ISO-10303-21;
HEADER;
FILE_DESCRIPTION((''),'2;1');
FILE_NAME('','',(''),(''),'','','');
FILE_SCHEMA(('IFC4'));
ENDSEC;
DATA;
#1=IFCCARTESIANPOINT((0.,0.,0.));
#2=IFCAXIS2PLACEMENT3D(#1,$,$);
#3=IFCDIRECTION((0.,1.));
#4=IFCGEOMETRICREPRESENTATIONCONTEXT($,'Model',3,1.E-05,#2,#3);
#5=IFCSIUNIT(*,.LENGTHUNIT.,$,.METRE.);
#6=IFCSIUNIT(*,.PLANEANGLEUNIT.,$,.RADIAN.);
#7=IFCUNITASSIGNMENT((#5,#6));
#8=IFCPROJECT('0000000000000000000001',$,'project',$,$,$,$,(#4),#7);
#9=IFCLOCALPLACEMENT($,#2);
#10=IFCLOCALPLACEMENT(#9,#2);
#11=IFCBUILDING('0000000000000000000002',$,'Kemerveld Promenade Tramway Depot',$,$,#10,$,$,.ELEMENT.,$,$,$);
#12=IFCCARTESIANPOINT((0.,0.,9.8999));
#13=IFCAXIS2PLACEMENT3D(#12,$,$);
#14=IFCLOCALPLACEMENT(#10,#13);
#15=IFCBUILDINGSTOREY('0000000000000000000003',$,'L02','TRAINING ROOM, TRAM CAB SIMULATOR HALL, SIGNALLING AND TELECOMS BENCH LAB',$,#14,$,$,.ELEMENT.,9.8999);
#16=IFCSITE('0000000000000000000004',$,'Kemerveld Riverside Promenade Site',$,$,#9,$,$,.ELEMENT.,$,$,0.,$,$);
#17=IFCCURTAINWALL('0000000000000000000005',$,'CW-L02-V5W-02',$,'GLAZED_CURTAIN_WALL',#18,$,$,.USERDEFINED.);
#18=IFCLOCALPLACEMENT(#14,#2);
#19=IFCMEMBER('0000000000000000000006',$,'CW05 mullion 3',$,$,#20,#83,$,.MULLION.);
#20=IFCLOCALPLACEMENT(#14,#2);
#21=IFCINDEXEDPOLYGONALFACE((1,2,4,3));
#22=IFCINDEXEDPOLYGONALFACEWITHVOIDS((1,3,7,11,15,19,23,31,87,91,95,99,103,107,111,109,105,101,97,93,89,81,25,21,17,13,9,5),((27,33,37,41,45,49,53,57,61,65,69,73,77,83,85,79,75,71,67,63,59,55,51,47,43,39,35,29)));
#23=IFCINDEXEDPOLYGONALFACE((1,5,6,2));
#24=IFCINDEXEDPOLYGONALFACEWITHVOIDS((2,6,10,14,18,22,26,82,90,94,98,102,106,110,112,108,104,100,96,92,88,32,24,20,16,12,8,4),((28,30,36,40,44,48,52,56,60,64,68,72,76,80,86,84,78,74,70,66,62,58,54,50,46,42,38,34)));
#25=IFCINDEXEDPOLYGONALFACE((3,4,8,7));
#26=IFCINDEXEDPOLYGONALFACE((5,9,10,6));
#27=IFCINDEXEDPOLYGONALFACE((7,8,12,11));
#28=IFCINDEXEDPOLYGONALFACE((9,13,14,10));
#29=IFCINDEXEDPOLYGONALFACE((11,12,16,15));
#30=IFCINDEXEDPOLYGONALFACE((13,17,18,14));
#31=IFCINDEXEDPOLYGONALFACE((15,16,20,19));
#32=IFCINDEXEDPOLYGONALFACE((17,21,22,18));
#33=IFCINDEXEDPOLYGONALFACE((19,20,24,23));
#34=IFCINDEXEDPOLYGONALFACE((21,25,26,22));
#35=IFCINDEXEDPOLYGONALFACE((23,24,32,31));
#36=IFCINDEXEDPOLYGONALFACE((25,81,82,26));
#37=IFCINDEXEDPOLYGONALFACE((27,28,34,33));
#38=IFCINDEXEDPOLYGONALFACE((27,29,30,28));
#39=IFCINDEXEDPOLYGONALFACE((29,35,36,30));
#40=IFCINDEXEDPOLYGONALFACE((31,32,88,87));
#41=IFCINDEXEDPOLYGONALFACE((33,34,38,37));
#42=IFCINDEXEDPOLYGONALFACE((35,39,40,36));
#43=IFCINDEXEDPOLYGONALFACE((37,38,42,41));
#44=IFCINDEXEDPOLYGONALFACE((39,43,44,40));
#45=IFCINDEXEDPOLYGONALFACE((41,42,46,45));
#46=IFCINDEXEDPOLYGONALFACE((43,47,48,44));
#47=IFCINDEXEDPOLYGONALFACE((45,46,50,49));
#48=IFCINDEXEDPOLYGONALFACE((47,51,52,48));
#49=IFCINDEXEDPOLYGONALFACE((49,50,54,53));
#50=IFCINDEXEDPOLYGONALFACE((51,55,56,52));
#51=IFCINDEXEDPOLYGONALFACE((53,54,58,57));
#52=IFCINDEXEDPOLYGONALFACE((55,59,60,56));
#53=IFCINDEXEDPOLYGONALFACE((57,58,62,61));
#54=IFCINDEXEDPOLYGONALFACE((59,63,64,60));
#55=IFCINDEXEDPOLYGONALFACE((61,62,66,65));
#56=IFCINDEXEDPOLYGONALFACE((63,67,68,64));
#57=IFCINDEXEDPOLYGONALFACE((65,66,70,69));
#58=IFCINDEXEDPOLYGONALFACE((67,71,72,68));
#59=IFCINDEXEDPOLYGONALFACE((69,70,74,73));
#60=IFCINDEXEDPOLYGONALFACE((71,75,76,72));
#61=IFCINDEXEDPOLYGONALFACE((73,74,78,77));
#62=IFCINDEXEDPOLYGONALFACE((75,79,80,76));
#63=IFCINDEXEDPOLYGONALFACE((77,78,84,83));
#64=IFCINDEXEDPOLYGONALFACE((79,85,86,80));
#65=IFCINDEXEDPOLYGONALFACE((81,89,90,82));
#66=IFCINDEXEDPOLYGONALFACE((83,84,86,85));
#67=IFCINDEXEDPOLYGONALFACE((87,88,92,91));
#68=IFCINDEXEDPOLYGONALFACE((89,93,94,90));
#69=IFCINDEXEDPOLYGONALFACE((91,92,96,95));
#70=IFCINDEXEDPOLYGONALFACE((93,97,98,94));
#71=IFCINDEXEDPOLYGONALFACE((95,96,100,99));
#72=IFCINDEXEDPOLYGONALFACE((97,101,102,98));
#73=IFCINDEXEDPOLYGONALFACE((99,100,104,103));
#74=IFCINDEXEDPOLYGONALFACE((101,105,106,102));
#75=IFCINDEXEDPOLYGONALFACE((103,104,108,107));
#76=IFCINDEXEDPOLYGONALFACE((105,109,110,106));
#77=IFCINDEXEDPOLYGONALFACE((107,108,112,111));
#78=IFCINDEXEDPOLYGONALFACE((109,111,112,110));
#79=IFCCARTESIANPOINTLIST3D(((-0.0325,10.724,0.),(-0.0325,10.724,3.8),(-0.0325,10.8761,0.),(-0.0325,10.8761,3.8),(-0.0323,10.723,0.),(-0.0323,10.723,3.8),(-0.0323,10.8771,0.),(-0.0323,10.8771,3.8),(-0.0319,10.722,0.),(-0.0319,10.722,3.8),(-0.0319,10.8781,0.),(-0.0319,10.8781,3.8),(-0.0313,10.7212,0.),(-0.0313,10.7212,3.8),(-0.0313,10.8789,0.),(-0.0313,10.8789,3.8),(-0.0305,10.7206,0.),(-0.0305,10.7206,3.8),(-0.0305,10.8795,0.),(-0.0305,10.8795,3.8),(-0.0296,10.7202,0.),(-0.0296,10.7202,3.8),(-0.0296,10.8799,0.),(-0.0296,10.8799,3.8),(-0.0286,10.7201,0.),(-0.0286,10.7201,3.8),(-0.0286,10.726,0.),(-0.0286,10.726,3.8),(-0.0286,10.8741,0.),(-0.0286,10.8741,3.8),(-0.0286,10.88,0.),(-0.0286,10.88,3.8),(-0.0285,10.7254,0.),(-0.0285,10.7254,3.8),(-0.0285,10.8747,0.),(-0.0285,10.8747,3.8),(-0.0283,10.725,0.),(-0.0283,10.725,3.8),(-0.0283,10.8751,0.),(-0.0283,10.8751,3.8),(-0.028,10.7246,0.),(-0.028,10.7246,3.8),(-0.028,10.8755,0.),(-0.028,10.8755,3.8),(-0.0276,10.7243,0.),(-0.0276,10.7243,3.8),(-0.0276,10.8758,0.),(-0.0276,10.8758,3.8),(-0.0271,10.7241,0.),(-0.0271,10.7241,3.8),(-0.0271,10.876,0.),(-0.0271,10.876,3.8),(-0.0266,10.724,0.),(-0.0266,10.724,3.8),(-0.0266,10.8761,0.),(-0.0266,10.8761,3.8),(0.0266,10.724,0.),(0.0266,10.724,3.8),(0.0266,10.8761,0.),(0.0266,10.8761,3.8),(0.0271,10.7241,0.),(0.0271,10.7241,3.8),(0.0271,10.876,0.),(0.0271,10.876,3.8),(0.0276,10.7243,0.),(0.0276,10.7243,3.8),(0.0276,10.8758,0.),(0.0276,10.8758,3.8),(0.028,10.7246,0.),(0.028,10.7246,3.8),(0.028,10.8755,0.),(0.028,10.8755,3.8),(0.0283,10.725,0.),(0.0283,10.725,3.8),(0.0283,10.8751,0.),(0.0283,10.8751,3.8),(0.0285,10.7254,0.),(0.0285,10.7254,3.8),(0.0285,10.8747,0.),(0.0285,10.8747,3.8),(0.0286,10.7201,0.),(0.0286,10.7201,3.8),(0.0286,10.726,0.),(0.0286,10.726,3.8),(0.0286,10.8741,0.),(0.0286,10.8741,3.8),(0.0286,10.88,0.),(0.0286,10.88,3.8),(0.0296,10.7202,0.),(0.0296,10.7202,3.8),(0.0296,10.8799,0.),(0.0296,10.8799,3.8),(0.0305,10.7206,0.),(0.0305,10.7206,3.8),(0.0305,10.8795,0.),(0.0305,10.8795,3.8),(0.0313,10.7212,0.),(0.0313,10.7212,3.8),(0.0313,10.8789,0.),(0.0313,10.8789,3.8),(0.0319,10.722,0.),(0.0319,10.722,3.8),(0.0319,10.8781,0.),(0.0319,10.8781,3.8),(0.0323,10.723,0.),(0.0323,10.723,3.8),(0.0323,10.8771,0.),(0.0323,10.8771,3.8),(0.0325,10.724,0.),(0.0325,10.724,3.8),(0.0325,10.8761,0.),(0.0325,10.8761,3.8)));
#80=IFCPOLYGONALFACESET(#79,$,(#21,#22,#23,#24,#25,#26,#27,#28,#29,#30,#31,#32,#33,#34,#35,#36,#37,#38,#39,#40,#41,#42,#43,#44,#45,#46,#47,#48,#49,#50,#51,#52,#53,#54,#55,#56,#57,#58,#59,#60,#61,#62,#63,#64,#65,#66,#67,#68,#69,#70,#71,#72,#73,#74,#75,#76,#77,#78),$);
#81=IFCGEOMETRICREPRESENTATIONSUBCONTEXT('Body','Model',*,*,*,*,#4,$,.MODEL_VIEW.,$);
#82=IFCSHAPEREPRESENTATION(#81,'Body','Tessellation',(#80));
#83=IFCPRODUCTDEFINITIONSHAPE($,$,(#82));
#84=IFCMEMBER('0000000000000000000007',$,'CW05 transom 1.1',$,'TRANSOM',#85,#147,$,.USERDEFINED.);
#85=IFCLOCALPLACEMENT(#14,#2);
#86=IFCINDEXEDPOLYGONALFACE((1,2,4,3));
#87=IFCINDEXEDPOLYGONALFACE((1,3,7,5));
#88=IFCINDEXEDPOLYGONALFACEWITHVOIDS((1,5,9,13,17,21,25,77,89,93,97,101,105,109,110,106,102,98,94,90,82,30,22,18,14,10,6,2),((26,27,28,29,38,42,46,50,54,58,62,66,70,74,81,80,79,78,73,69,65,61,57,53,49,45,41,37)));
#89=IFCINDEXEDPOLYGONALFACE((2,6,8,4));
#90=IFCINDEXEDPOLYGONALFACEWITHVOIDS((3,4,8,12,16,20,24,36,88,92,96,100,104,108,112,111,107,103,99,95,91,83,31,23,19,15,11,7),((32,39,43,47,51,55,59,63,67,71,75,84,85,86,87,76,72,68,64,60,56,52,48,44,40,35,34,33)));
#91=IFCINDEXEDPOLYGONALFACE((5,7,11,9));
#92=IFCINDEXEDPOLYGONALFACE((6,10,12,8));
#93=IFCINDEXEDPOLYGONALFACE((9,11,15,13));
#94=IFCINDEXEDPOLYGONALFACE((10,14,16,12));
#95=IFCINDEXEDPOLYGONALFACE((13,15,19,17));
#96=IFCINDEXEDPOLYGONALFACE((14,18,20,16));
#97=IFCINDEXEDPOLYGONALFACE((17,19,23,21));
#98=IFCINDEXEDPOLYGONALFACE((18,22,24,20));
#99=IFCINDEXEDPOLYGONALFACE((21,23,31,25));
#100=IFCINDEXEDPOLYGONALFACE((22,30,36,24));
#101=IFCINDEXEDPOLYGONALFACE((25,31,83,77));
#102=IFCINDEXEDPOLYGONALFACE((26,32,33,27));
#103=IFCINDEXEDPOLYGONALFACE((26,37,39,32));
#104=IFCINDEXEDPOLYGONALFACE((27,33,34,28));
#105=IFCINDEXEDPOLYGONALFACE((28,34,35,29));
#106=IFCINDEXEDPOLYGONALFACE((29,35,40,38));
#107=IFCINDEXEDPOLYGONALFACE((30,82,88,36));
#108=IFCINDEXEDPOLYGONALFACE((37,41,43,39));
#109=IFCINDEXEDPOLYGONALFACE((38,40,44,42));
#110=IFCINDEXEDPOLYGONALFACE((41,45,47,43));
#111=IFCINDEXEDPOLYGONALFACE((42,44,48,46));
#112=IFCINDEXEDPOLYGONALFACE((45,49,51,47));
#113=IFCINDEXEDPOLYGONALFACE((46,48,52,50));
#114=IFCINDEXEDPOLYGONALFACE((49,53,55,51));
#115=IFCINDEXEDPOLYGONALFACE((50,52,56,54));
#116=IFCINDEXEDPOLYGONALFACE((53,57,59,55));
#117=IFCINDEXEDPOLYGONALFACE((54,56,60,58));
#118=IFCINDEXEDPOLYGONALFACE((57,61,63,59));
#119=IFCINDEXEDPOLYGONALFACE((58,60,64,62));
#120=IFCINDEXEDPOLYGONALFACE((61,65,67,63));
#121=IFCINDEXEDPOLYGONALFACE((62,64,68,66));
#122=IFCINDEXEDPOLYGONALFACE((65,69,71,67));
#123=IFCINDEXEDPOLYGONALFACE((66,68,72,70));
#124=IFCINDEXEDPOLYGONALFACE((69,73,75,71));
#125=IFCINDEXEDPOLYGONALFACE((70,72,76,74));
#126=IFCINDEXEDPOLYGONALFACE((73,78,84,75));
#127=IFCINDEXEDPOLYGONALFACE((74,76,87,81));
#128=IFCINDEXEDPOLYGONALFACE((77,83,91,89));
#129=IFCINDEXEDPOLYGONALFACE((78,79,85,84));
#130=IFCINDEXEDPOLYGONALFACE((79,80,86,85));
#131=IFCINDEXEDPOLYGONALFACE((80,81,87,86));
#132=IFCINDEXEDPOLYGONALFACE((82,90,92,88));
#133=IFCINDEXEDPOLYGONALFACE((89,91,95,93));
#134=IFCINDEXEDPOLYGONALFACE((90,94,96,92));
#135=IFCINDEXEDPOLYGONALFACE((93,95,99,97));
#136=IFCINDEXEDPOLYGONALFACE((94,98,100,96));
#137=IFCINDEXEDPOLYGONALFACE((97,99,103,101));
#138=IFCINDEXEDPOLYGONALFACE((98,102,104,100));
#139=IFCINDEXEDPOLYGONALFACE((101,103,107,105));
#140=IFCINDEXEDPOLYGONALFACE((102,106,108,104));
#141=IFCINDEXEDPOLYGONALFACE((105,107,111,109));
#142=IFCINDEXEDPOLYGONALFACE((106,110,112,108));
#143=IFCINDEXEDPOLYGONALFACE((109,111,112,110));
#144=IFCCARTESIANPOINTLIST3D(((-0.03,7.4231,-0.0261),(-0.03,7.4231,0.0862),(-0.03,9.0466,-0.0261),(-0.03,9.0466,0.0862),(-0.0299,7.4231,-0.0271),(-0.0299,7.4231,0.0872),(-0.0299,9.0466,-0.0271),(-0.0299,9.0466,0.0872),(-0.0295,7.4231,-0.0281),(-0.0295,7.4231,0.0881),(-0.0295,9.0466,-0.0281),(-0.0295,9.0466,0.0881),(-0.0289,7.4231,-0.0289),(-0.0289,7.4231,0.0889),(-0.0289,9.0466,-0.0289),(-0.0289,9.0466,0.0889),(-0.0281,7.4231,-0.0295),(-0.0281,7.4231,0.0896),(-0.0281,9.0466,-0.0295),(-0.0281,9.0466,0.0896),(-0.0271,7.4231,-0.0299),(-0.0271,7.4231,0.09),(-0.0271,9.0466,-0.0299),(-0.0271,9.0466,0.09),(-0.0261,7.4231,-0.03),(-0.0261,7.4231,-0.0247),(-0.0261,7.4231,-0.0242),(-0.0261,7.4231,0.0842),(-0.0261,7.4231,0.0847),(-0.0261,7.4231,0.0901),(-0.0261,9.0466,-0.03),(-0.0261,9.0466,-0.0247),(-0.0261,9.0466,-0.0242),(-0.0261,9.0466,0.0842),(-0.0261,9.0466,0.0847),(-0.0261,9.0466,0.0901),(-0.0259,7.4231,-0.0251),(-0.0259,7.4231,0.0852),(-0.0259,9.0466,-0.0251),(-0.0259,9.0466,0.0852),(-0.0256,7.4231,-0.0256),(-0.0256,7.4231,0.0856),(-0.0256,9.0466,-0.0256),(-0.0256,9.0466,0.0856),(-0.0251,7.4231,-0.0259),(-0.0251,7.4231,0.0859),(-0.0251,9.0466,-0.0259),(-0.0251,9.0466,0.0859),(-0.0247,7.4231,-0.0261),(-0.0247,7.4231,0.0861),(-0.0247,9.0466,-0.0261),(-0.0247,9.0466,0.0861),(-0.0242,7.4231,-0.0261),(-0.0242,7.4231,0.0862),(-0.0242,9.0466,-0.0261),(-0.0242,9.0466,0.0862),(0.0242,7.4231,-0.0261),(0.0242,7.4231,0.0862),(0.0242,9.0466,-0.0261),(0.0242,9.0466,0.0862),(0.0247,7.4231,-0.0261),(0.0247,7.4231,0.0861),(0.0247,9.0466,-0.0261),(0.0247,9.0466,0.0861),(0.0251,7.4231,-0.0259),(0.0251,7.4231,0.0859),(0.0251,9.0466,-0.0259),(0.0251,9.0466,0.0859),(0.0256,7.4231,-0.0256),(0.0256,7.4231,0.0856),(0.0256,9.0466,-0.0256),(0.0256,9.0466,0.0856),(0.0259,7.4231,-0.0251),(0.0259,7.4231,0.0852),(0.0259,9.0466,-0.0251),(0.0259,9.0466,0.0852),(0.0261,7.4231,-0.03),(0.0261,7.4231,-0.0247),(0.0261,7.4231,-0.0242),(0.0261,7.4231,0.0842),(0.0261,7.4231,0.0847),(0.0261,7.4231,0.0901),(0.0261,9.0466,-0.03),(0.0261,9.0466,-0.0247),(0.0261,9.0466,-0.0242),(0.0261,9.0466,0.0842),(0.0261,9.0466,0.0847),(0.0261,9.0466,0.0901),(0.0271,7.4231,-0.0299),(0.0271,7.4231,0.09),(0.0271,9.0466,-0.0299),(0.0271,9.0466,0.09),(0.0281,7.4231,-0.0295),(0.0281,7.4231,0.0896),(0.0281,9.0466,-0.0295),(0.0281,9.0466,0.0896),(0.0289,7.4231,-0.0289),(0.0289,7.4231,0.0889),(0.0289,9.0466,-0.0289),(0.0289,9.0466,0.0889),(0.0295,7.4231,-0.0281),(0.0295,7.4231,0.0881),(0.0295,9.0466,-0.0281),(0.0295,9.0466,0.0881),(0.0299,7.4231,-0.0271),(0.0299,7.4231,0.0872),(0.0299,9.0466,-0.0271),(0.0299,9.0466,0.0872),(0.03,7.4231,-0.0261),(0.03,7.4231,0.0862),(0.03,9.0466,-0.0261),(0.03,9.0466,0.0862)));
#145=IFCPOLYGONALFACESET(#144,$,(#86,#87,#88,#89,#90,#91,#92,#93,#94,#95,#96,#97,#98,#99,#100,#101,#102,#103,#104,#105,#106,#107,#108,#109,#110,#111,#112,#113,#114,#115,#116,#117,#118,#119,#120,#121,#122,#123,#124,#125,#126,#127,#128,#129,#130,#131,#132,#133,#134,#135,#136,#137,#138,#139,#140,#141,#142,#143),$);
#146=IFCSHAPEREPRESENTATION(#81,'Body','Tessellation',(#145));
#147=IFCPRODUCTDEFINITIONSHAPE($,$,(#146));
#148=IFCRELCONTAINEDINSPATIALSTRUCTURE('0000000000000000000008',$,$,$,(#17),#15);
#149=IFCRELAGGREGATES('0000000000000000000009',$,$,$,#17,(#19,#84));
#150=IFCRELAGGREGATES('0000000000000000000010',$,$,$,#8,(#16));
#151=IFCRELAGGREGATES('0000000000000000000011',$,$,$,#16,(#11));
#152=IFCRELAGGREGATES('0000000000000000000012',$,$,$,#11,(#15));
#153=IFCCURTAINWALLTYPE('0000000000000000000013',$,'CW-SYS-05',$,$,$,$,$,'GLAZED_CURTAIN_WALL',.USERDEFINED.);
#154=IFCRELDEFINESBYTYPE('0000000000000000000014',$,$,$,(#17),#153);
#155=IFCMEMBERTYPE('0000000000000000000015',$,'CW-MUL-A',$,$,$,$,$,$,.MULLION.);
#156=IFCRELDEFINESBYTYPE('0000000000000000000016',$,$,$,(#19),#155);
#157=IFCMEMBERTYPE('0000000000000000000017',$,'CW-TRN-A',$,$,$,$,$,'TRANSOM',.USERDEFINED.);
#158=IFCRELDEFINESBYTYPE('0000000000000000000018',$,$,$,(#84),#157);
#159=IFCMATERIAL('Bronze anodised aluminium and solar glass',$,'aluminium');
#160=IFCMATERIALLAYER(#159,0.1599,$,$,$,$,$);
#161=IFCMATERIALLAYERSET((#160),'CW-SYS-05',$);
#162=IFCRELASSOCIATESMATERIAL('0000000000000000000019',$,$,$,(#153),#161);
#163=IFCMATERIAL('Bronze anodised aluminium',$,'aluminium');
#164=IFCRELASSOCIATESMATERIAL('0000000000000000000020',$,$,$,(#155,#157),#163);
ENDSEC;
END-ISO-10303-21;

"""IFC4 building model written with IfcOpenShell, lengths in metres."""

from ifc_helpers import new_model, si_unit, direction, frame, origin, origin_2d, place, context, subcontext, project, spatial, hollow_rectangle, extrude, material, layer, layer_set, material_profile, profile_set, type_object, element, aggregate, save


model = new_model("IFC4")

# Units and contexts
model_context = context("Model", 3, precision=1e-05, world=origin(), true_north=direction((0.0, 1.0)))
body_context = subcontext(model_context, "Body", "Model", "MODEL_VIEW")
ifc_project = project(units=[si_unit("LENGTHUNIT", "METRE"), si_unit("PLANEANGLEUNIT", "RADIAN")], contexts=[model_context])

# Site, building, storey
site_placement = place(None, origin())
site = spatial("IfcSite", under=ifc_project, at=site_placement, Name="Kemerveld Riverside Promenade Site", CompositionType="ELEMENT", RefElevation=0.0)
building_placement = place(site_placement, origin())
building = spatial("IfcBuilding", under=site, at=building_placement, Name="Kemerveld Promenade Tramway Depot", CompositionType="ELEMENT")
storey_placement = place(building_placement, frame((0.0, 0.0, 9.8999)))
storey = spatial("IfcBuildingStorey", under=building, at=storey_placement, Name="L02", Description="TRAINING ROOM, TRAM CAB SIMULATOR HALL, SIGNALLING AND TELECOMS BENCH LAB", CompositionType="ELEMENT", Elevation=9.8999)

# Curtain wall, members
ifc_material_1 = material(Name="Bronze anodised aluminium and solar glass", Category="aluminium")
ifc_layer_1 = layer(ifc_material_1, 0.1599)
ifc_layer_set_1 = layer_set([ifc_layer_1], Name="CW-SYS-05")
curtain_wall_type = type_object("IfcCurtainWallType", Name="CW-SYS-05", ElementType="GLAZED_CURTAIN_WALL", PredefinedType="USERDEFINED", material=ifc_layer_set_1)
curtain_wall_placement = place(storey_placement, origin())
curtain_wall = element("IfcCurtainWall", 1, at=curtain_wall_placement, inside=storey, type_object=curtain_wall_type, Name="CW-L02-V5W-02", ObjectType="GLAZED_CURTAIN_WALL", PredefinedType="USERDEFINED")
ifc_material_2 = material(Name="Bronze anodised aluminium", Category="aluminium")
ifc_material_profile_1 = material_profile(ifc_material_2, hollow_rectangle(XDim=0.0649, YDim=0.1599, WallThickness=0.0039, InnerFilletRadius=0.002, OuterFilletRadius=0.0039, at=origin_2d()), Name="CW-MUL-160x65")
ifc_profile_set_1 = profile_set([ifc_material_profile_1], Name="Bronze anodised aluminium")
member_type_1 = type_object("IfcMemberType", Name="CW-MUL-A", PredefinedType="MULLION", material=ifc_profile_set_1)
member_1_placement = place(storey_placement, frame((0.0, 10.8, 0.0), z_axis=(0.0, 0.0, 1.0), x_axis=(-1.0, 0.0, 0.0)))
member_1 = element("IfcMember", 2, at=member_1_placement, type_object=member_type_1, Name="CW05 mullion 3", PredefinedType="MULLION", context=body_context, shape_type="SweptSolid", body=[
    extrude(hollow_rectangle(XDim=0.0649, YDim=0.1599, WallThickness=0.0039, InnerFilletRadius=0.002, OuterFilletRadius=0.0039, at=origin_2d()), origin(), (0.0, 0.0, 1.0), 3.8),
])
ifc_material_profile_2 = material_profile(ifc_material_2, hollow_rectangle(XDim=0.0601, YDim=0.1201, WallThickness=0.0039, InnerFilletRadius=0.002, OuterFilletRadius=0.0039, at=origin_2d()), Name="CW-TRN-120x60")
ifc_profile_set_2 = profile_set([ifc_material_profile_2], Name="Bronze anodised aluminium")
member_type_2 = type_object("IfcMemberType", Name="CW-TRN-A", ElementType="TRANSOM", PredefinedType="USERDEFINED", material=ifc_profile_set_2)
member_2_placement = place(storey_placement, frame((0.0, 7.4231, 0.03), z_axis=(0.0, 1.0, 0.0), x_axis=(-1.0, 0.0, 0.0)))
member_2 = element("IfcMember", 3, at=member_2_placement, type_object=member_type_2, Name="CW05 transom 1.1", ObjectType="TRANSOM", PredefinedType="USERDEFINED", context=body_context, shape_type="SweptSolid", body=[
    extrude(hollow_rectangle(XDim=0.0601, YDim=0.1201, WallThickness=0.0039, InnerFilletRadius=0.002, OuterFilletRadius=0.0039, at=origin_2d()), origin(), (0.0, 0.0, 1.0), 1.6235),
])
aggregate(curtain_wall, [member_1, member_2])

save(model, "model.ifc")
